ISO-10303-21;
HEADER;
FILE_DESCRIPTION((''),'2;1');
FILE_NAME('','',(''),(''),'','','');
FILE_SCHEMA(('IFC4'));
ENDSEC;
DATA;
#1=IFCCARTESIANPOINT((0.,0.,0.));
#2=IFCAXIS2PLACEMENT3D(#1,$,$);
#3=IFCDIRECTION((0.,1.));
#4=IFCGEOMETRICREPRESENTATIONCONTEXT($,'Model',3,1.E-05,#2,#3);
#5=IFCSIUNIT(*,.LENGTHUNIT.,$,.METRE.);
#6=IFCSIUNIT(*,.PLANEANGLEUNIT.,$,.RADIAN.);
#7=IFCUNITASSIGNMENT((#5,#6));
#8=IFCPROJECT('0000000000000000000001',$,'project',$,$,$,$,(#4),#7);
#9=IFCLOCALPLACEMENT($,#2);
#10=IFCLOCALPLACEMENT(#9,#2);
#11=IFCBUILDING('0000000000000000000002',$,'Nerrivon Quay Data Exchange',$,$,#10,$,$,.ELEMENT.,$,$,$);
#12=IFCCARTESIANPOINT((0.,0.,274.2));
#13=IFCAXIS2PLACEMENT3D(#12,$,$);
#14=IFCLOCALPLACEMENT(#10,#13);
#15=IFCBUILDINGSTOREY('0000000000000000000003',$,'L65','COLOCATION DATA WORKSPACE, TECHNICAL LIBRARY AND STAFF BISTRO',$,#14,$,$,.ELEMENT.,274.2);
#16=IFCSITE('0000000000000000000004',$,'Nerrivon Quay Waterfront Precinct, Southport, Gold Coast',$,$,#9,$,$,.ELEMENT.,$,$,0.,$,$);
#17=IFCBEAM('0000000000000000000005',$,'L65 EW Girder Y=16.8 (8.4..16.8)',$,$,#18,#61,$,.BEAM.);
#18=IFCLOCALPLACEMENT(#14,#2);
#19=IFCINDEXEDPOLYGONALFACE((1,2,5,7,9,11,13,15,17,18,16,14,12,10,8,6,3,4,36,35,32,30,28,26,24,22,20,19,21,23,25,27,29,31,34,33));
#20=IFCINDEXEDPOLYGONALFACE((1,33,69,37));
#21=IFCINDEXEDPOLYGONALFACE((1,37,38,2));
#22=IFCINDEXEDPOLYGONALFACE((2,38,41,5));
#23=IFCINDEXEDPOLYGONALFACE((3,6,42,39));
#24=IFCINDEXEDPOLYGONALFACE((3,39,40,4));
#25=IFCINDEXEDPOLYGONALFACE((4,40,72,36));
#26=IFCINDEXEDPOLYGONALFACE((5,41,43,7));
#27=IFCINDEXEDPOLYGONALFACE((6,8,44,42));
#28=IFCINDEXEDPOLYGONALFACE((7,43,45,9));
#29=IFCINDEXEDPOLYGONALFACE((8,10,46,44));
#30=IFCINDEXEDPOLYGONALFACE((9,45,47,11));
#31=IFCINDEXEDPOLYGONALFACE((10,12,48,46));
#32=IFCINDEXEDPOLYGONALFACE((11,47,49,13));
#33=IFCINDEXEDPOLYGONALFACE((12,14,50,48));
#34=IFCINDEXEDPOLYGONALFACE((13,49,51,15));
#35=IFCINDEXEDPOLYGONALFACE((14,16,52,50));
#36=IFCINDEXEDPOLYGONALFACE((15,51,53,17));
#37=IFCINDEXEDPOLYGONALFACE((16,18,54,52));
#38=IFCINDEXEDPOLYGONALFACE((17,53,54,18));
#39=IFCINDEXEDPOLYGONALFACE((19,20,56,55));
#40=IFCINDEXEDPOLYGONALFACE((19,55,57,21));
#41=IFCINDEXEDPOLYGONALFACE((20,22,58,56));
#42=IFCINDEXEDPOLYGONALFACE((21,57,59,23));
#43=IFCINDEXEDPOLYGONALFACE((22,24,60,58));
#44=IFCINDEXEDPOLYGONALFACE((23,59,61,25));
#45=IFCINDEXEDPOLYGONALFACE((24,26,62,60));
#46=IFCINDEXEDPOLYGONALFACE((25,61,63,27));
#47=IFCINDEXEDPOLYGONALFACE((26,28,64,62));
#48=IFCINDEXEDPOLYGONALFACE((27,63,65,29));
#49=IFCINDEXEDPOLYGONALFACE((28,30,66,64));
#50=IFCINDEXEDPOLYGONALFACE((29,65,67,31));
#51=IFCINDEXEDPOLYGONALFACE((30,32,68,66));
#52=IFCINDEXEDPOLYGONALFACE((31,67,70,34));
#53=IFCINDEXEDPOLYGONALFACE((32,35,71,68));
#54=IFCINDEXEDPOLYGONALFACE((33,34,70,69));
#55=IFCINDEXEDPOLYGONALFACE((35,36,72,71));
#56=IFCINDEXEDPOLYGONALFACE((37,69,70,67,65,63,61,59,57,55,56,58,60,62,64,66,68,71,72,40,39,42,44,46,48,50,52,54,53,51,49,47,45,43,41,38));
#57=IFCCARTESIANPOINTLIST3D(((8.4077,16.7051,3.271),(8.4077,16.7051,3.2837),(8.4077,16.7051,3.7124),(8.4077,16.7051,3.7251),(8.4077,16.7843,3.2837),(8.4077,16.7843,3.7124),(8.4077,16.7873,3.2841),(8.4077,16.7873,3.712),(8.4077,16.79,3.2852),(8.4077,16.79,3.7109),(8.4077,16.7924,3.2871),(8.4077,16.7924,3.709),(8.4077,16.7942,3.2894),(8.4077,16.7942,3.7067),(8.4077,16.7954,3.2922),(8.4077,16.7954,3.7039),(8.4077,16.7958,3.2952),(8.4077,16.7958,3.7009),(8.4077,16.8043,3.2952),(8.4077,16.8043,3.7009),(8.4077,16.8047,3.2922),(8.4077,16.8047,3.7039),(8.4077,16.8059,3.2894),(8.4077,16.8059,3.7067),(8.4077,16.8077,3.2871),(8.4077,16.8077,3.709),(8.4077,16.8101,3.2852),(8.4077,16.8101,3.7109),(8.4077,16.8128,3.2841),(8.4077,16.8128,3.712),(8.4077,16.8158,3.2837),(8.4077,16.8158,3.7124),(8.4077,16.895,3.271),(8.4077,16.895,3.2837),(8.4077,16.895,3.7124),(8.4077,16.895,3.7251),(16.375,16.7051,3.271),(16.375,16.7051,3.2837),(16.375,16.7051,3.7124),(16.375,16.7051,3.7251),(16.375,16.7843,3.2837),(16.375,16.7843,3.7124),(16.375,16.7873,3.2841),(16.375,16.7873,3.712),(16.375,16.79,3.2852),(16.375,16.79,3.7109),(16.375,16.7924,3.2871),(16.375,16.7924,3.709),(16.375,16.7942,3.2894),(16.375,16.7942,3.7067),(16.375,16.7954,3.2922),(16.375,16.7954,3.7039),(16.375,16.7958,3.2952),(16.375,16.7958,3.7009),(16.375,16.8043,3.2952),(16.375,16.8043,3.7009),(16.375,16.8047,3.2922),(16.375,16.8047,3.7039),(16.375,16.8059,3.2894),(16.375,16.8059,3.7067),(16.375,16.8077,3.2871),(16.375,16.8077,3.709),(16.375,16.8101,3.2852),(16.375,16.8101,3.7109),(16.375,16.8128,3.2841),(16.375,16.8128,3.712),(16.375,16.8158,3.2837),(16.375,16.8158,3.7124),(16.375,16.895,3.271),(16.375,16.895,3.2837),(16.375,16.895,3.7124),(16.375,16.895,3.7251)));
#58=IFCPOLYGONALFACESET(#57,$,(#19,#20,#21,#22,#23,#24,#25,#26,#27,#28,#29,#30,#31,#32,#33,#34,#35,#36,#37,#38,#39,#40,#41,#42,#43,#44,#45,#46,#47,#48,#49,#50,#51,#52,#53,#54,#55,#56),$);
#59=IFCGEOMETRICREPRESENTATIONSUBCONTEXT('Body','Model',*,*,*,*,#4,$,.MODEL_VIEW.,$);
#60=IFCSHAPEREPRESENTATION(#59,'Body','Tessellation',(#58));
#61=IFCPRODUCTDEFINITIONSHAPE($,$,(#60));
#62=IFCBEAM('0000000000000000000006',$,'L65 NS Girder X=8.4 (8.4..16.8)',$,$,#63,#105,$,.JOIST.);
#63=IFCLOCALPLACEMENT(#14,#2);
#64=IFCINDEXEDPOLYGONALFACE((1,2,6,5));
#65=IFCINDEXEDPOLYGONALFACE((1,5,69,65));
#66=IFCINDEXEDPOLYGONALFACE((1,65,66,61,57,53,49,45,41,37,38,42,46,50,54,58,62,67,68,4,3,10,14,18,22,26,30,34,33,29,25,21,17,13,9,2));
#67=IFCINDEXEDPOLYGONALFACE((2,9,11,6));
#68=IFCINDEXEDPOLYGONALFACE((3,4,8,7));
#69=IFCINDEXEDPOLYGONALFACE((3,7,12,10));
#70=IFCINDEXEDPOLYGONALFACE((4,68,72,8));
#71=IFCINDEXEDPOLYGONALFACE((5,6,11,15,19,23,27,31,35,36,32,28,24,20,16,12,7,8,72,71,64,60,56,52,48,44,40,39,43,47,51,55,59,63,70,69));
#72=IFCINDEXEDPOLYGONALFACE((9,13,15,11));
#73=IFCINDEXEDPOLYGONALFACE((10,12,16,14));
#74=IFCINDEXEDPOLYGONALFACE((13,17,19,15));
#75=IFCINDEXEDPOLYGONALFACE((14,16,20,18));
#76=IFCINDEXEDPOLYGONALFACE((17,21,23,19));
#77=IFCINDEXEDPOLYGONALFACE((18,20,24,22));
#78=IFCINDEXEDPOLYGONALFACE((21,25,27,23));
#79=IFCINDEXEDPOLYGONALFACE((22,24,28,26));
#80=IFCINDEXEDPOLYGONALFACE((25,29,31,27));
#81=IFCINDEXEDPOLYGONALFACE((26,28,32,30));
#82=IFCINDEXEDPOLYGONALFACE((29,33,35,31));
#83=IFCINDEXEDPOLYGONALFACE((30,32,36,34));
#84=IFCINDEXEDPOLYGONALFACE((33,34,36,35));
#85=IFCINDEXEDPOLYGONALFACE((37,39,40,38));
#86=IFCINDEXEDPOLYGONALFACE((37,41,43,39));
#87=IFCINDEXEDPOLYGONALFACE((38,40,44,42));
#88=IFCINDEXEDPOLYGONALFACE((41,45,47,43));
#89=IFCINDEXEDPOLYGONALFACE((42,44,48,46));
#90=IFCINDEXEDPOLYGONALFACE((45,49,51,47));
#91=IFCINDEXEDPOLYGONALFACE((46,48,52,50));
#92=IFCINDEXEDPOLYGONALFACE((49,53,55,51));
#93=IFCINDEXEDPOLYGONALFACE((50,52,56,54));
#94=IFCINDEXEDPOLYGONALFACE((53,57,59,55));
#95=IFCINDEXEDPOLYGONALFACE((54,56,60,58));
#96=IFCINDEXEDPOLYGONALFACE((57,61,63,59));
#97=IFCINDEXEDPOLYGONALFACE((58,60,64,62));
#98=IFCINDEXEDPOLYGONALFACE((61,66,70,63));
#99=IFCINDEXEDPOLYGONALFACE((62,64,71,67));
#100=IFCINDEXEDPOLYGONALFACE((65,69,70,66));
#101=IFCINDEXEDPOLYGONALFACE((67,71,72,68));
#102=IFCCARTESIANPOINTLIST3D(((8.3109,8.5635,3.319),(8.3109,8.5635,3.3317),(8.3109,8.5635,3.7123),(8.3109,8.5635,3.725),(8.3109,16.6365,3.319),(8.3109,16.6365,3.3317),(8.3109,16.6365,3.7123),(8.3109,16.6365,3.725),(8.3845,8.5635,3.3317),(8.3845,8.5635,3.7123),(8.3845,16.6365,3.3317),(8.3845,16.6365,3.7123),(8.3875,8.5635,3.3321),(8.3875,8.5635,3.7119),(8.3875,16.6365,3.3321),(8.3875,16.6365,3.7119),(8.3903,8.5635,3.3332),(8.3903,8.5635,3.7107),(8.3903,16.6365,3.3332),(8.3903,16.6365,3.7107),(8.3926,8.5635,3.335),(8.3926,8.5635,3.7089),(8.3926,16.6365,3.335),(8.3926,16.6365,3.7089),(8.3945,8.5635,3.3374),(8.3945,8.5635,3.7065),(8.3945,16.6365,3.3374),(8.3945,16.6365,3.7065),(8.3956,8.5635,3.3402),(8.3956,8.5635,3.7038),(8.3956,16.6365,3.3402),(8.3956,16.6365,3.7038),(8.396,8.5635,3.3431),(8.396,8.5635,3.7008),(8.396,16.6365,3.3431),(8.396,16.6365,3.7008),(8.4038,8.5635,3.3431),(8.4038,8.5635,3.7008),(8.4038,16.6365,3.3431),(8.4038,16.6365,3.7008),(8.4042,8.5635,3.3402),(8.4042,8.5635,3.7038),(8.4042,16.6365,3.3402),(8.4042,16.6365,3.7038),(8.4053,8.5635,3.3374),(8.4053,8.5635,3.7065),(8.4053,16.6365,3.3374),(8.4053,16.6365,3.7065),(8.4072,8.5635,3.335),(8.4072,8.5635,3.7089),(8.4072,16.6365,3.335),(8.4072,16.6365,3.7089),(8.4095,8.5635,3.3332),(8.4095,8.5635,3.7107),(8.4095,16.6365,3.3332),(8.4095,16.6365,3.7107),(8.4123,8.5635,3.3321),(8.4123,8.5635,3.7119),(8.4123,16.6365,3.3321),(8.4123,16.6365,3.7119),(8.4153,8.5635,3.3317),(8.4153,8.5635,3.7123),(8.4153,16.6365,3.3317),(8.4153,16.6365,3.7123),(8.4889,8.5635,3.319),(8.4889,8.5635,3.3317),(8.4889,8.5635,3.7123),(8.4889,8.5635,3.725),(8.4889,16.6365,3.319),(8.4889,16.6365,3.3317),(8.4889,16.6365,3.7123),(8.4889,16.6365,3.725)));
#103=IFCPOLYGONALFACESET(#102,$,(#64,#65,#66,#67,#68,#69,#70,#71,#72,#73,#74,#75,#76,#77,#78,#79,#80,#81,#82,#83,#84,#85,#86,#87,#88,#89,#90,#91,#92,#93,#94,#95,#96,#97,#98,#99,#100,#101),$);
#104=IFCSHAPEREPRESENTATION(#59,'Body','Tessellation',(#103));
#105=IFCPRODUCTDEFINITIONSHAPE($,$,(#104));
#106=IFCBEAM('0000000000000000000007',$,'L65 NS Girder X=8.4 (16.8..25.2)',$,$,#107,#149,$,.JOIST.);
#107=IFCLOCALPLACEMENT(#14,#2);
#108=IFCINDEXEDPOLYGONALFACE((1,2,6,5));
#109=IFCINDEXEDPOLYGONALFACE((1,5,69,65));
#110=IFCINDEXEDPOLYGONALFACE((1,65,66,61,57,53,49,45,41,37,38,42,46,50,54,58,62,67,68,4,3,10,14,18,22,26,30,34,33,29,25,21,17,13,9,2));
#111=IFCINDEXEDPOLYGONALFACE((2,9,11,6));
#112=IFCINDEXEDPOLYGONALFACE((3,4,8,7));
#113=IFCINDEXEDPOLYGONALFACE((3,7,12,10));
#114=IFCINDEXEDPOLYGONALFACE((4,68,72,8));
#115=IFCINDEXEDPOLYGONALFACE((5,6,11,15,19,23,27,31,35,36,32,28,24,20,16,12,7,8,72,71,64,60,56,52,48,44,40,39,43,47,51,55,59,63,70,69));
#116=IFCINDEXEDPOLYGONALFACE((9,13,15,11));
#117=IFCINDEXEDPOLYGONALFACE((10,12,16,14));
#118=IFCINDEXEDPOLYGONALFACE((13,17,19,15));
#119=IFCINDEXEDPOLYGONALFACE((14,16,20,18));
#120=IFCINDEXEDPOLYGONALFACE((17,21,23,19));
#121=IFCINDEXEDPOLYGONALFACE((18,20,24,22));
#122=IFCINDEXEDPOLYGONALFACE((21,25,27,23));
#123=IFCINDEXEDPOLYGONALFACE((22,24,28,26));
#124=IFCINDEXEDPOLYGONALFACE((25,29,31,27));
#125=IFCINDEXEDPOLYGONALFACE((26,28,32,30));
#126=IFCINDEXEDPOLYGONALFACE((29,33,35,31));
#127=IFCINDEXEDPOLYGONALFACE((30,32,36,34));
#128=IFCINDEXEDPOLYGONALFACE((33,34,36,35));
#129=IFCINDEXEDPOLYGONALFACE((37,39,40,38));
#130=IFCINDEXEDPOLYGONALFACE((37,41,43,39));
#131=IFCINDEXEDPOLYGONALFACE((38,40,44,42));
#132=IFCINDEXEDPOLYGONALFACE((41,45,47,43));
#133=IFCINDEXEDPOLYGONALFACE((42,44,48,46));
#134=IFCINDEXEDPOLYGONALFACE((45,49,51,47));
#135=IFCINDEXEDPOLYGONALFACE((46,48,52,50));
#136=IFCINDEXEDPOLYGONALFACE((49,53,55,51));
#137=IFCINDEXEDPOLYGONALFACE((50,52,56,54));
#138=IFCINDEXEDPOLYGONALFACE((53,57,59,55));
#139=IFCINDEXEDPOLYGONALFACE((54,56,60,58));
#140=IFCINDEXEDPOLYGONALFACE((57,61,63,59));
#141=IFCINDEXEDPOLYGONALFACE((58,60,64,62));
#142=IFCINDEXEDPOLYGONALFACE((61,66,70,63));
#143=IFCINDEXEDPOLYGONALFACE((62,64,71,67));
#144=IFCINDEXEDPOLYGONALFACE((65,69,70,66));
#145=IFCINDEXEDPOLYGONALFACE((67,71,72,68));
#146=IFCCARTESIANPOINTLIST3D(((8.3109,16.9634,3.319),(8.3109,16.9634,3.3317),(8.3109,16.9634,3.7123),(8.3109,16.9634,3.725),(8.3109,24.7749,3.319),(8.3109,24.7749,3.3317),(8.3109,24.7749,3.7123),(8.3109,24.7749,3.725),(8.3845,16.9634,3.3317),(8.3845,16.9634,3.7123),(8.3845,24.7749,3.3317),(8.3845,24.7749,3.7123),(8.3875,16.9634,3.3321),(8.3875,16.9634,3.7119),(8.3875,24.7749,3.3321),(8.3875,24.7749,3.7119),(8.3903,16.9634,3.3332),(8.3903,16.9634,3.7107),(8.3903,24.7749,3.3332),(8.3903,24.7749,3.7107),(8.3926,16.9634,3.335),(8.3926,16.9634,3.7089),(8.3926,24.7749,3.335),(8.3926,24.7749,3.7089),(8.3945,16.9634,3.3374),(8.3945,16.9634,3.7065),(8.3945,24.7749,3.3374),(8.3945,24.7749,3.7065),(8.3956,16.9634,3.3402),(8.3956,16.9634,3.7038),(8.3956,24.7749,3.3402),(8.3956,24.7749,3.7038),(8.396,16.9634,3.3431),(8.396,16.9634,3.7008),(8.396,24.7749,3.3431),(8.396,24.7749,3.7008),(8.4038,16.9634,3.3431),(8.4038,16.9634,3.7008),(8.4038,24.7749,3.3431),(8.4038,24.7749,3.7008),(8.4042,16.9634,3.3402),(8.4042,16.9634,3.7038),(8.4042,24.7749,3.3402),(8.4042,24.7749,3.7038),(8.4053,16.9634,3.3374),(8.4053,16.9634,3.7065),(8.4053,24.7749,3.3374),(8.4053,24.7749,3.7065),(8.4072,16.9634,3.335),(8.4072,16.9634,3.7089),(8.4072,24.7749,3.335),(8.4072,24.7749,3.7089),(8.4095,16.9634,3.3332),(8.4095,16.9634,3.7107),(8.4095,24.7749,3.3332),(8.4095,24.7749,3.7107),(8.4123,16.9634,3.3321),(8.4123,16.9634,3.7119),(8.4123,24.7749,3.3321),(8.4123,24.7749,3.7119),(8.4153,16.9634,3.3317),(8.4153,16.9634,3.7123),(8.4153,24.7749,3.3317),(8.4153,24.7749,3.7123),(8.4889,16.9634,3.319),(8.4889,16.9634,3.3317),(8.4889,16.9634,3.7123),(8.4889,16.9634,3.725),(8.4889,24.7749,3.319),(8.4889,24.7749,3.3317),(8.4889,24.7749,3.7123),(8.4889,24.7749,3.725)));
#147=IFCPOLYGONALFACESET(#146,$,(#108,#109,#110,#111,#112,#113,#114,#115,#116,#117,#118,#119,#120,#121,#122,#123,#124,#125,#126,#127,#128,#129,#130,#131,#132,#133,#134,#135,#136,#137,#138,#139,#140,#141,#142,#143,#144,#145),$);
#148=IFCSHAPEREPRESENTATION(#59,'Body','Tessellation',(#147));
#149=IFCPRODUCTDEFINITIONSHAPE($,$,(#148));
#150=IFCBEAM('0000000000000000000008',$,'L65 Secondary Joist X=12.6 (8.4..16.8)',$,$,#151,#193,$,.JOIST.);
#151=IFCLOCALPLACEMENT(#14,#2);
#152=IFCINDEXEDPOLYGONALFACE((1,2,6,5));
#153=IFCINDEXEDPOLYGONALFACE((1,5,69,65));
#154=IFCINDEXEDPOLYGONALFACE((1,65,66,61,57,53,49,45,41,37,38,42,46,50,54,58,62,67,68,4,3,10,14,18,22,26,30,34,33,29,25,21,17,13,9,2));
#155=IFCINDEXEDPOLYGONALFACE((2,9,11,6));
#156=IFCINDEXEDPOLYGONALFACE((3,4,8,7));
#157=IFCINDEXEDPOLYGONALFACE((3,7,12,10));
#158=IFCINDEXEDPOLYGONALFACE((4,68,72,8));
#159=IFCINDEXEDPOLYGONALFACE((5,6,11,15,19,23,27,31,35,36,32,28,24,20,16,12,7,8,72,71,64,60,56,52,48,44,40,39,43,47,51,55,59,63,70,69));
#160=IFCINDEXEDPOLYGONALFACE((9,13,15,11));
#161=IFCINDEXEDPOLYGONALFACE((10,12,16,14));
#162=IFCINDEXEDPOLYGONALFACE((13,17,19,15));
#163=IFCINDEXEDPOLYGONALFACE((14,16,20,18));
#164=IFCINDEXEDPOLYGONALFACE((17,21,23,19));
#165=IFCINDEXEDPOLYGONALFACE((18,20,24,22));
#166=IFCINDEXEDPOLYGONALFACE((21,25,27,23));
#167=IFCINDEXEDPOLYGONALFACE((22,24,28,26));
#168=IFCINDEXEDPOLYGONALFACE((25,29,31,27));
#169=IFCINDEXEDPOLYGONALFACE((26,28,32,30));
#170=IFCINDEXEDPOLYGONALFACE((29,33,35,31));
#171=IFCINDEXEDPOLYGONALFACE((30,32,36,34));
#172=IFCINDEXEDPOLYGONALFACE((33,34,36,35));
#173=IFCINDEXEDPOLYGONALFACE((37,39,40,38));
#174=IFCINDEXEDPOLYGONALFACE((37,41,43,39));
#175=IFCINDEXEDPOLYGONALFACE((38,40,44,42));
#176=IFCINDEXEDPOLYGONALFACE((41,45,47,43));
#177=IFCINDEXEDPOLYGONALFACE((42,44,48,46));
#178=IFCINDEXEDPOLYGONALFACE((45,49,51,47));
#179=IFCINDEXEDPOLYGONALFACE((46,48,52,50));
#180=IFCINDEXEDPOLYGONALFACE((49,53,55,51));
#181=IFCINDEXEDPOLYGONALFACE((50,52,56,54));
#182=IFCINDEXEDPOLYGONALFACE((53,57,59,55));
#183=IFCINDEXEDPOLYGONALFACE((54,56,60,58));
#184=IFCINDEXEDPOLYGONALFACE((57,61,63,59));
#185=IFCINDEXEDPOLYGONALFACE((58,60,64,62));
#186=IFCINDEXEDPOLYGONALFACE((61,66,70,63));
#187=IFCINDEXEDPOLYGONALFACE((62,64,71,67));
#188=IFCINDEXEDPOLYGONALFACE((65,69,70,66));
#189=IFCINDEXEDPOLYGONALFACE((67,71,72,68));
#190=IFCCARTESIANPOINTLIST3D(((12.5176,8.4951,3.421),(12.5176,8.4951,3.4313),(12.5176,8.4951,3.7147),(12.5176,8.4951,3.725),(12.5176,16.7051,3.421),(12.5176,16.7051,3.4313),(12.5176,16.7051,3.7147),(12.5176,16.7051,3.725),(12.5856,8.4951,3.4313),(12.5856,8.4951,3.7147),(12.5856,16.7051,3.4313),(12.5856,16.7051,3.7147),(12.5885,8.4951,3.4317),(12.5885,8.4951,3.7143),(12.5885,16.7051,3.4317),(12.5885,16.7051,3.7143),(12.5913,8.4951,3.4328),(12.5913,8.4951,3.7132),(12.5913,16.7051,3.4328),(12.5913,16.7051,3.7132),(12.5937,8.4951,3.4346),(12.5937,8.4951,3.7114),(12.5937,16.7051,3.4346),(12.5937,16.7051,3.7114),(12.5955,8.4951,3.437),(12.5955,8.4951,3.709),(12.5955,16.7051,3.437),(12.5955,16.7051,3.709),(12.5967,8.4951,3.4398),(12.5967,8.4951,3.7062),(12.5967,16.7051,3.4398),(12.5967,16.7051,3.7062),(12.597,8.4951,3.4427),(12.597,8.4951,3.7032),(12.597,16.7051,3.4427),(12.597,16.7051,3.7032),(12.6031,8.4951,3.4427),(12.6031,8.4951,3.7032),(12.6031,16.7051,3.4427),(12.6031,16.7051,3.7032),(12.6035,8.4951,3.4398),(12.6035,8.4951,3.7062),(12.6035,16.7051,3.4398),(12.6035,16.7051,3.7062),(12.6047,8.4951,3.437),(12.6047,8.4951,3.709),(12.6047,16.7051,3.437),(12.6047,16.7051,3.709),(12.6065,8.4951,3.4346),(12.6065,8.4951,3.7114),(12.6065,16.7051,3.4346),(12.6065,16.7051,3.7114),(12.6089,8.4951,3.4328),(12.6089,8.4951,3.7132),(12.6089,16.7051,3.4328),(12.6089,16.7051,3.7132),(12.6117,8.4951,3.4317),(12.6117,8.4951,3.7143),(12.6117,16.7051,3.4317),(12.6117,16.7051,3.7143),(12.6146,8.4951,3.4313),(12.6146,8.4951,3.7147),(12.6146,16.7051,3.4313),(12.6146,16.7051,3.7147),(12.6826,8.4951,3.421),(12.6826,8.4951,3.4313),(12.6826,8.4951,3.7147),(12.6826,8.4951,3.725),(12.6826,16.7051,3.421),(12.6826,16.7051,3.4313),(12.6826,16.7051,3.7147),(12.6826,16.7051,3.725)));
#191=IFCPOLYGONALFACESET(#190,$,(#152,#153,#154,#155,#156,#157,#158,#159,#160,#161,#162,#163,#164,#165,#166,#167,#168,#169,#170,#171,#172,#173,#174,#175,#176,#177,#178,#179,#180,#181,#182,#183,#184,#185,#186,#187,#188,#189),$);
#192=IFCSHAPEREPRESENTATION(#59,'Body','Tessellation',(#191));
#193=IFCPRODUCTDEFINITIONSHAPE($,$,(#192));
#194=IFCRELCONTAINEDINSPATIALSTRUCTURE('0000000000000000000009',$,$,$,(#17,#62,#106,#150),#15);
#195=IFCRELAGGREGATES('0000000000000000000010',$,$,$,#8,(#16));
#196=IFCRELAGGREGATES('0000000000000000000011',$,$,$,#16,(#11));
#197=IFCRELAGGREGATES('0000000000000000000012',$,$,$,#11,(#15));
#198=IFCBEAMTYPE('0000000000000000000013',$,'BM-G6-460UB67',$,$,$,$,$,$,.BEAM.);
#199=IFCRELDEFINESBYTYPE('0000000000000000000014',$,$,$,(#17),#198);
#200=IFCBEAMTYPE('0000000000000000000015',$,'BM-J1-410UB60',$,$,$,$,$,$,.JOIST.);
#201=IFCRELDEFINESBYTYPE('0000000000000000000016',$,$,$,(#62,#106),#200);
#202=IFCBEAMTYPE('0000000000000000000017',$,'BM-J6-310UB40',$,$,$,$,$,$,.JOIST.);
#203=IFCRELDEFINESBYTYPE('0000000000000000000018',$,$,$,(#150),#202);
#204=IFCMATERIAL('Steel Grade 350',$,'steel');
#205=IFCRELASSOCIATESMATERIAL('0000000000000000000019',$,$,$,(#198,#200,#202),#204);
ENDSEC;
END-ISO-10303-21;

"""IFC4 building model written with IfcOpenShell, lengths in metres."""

from ifc_helpers import new_model, si_unit, direction, frame, origin, origin_2d, place, context, subcontext, project, spatial, i_section, extrude, material, material_profile, profile_set, type_object, element, save


model = new_model("IFC4")

# Units and contexts
model_context = context("Model", 3, precision=1e-05, world=origin(), true_north=direction((0.0, 1.0)))
body_context = subcontext(model_context, "Body", "Model", "MODEL_VIEW")
ifc_project = project(units=[si_unit("LENGTHUNIT", "METRE"), si_unit("PLANEANGLEUNIT", "RADIAN")], contexts=[model_context])

# Site, building, storey
site_placement = place(None, origin())
site = spatial("IfcSite", under=ifc_project, at=site_placement, Name="Nerrivon Quay Waterfront Precinct, Southport, Gold Coast", CompositionType="ELEMENT", RefElevation=0.0)
building_placement = place(site_placement, origin())
building = spatial("IfcBuilding", under=site, at=building_placement, Name="Nerrivon Quay Data Exchange", CompositionType="ELEMENT")
storey_placement = place(building_placement, frame((0.0, 0.0, 274.2)))
storey = spatial("IfcBuildingStorey", under=building, at=storey_placement, Name="L65", Description="COLOCATION DATA WORKSPACE, TECHNICAL LIBRARY AND STAFF BISTRO", CompositionType="ELEMENT", Elevation=274.2)

# Shared definitions
ifc_material_1 = material(Name="Steel Grade 350", Category="steel")

# Beams
ifc_material_profile_1 = material_profile(ifc_material_1, i_section(OverallWidth=0.1899, OverallDepth=0.4541, WebThickness=0.0085, FlangeThickness=0.0127, FilletRadius=0.0115, at=origin_2d()), Name="460UB67.1")
ifc_profile_set_1 = profile_set([ifc_material_profile_1], Name="Steel Grade 350")
beam_type_1 = type_object("IfcBeamType", Name="BM-G6-460UB67", PredefinedType="BEAM", material=ifc_profile_set_1)
for number, where, z_axis, x_axis, name in (
    (1, (8.4077, 16.8, 3.498), (1.0, 0.0, 0.0), (0.0, 1.0, 0.0), "L65 EW Girder Y=16.8 (8.4..16.8)"),
):
    element("IfcBeam", number, at=place(storey_placement, frame(where, z_axis=z_axis, x_axis=x_axis)), inside=storey, type_object=beam_type_1, Name=name, PredefinedType="BEAM", context=body_context, shape_type="SweptSolid", body=[
        extrude(i_section(OverallWidth=0.1899, OverallDepth=0.4541, WebThickness=0.0085, FlangeThickness=0.0127, FilletRadius=0.0115, at=origin_2d()), origin(), (0.0, 0.0, 1.0), 7.9673),
    ])
ifc_material_profile_2 = material_profile(ifc_material_1, i_section(OverallWidth=0.178, OverallDepth=0.406, WebThickness=0.0078, FlangeThickness=0.0127, FilletRadius=0.0115, at=origin_2d()), Name="410UB59.7")
ifc_profile_set_2 = profile_set([ifc_material_profile_2], Name="Steel Grade 350")
beam_type_2 = type_object("IfcBeamType", Name="BM-J1-410UB60", PredefinedType="JOIST", material=ifc_profile_set_2)
beam_1_placement = place(storey_placement, frame((8.3999, 8.5635, 3.522), z_axis=(0.0, 1.0, 0.0), x_axis=(-1.0, 0.0, 0.0)))
element("IfcBeam", 2, at=beam_1_placement, inside=storey, type_object=beam_type_2, Name="L65 NS Girder X=8.4 (8.4..16.8)", PredefinedType="JOIST", context=body_context, shape_type="SweptSolid", body=[
    extrude(i_section(OverallWidth=0.178, OverallDepth=0.406, WebThickness=0.0078, FlangeThickness=0.0127, FilletRadius=0.0115, at=origin_2d()), origin(), (0.0, 0.0, 1.0), 8.073),
])
beam_2_placement = place(storey_placement, frame((8.3999, 16.9634, 3.522), z_axis=(0.0, 1.0, 0.0), x_axis=(-1.0, 0.0, 0.0)))
element("IfcBeam", 3, at=beam_2_placement, inside=storey, type_object=beam_type_2, Name="L65 NS Girder X=8.4 (16.8..25.2)", PredefinedType="JOIST", context=body_context, shape_type="SweptSolid", body=[
    extrude(i_section(OverallWidth=0.178, OverallDepth=0.406, WebThickness=0.0078, FlangeThickness=0.0127, FilletRadius=0.0115, at=origin_2d()), origin(), (0.0, 0.0, 1.0), 7.8115),
])
ifc_material_profile_3 = material_profile(ifc_material_1, i_section(OverallWidth=0.165, OverallDepth=0.304, WebThickness=0.0061, FlangeThickness=0.0103, FilletRadius=0.0115, at=origin_2d()), Name="310UB40.4")
ifc_profile_set_3 = profile_set([ifc_material_profile_3], Name="Steel Grade 350")
beam_type_3 = type_object("IfcBeamType", Name="BM-J6-310UB40", PredefinedType="JOIST", material=ifc_profile_set_3)
beam_3_placement = place(storey_placement, frame((12.6001, 8.4951, 3.573), z_axis=(0.0, 1.0, 0.0), x_axis=(-1.0, 0.0, 0.0)))
element("IfcBeam", 4, at=beam_3_placement, inside=storey, type_object=beam_type_3, Name="L65 Secondary Joist X=12.6 (8.4..16.8)", PredefinedType="JOIST", context=body_context, shape_type="SweptSolid", body=[
    extrude(i_section(OverallWidth=0.165, OverallDepth=0.304, WebThickness=0.0061, FlangeThickness=0.0103, FilletRadius=0.0115, at=origin_2d()), origin(), (0.0, 0.0, 1.0), 8.21),
])

save(model, "model.ifc")
